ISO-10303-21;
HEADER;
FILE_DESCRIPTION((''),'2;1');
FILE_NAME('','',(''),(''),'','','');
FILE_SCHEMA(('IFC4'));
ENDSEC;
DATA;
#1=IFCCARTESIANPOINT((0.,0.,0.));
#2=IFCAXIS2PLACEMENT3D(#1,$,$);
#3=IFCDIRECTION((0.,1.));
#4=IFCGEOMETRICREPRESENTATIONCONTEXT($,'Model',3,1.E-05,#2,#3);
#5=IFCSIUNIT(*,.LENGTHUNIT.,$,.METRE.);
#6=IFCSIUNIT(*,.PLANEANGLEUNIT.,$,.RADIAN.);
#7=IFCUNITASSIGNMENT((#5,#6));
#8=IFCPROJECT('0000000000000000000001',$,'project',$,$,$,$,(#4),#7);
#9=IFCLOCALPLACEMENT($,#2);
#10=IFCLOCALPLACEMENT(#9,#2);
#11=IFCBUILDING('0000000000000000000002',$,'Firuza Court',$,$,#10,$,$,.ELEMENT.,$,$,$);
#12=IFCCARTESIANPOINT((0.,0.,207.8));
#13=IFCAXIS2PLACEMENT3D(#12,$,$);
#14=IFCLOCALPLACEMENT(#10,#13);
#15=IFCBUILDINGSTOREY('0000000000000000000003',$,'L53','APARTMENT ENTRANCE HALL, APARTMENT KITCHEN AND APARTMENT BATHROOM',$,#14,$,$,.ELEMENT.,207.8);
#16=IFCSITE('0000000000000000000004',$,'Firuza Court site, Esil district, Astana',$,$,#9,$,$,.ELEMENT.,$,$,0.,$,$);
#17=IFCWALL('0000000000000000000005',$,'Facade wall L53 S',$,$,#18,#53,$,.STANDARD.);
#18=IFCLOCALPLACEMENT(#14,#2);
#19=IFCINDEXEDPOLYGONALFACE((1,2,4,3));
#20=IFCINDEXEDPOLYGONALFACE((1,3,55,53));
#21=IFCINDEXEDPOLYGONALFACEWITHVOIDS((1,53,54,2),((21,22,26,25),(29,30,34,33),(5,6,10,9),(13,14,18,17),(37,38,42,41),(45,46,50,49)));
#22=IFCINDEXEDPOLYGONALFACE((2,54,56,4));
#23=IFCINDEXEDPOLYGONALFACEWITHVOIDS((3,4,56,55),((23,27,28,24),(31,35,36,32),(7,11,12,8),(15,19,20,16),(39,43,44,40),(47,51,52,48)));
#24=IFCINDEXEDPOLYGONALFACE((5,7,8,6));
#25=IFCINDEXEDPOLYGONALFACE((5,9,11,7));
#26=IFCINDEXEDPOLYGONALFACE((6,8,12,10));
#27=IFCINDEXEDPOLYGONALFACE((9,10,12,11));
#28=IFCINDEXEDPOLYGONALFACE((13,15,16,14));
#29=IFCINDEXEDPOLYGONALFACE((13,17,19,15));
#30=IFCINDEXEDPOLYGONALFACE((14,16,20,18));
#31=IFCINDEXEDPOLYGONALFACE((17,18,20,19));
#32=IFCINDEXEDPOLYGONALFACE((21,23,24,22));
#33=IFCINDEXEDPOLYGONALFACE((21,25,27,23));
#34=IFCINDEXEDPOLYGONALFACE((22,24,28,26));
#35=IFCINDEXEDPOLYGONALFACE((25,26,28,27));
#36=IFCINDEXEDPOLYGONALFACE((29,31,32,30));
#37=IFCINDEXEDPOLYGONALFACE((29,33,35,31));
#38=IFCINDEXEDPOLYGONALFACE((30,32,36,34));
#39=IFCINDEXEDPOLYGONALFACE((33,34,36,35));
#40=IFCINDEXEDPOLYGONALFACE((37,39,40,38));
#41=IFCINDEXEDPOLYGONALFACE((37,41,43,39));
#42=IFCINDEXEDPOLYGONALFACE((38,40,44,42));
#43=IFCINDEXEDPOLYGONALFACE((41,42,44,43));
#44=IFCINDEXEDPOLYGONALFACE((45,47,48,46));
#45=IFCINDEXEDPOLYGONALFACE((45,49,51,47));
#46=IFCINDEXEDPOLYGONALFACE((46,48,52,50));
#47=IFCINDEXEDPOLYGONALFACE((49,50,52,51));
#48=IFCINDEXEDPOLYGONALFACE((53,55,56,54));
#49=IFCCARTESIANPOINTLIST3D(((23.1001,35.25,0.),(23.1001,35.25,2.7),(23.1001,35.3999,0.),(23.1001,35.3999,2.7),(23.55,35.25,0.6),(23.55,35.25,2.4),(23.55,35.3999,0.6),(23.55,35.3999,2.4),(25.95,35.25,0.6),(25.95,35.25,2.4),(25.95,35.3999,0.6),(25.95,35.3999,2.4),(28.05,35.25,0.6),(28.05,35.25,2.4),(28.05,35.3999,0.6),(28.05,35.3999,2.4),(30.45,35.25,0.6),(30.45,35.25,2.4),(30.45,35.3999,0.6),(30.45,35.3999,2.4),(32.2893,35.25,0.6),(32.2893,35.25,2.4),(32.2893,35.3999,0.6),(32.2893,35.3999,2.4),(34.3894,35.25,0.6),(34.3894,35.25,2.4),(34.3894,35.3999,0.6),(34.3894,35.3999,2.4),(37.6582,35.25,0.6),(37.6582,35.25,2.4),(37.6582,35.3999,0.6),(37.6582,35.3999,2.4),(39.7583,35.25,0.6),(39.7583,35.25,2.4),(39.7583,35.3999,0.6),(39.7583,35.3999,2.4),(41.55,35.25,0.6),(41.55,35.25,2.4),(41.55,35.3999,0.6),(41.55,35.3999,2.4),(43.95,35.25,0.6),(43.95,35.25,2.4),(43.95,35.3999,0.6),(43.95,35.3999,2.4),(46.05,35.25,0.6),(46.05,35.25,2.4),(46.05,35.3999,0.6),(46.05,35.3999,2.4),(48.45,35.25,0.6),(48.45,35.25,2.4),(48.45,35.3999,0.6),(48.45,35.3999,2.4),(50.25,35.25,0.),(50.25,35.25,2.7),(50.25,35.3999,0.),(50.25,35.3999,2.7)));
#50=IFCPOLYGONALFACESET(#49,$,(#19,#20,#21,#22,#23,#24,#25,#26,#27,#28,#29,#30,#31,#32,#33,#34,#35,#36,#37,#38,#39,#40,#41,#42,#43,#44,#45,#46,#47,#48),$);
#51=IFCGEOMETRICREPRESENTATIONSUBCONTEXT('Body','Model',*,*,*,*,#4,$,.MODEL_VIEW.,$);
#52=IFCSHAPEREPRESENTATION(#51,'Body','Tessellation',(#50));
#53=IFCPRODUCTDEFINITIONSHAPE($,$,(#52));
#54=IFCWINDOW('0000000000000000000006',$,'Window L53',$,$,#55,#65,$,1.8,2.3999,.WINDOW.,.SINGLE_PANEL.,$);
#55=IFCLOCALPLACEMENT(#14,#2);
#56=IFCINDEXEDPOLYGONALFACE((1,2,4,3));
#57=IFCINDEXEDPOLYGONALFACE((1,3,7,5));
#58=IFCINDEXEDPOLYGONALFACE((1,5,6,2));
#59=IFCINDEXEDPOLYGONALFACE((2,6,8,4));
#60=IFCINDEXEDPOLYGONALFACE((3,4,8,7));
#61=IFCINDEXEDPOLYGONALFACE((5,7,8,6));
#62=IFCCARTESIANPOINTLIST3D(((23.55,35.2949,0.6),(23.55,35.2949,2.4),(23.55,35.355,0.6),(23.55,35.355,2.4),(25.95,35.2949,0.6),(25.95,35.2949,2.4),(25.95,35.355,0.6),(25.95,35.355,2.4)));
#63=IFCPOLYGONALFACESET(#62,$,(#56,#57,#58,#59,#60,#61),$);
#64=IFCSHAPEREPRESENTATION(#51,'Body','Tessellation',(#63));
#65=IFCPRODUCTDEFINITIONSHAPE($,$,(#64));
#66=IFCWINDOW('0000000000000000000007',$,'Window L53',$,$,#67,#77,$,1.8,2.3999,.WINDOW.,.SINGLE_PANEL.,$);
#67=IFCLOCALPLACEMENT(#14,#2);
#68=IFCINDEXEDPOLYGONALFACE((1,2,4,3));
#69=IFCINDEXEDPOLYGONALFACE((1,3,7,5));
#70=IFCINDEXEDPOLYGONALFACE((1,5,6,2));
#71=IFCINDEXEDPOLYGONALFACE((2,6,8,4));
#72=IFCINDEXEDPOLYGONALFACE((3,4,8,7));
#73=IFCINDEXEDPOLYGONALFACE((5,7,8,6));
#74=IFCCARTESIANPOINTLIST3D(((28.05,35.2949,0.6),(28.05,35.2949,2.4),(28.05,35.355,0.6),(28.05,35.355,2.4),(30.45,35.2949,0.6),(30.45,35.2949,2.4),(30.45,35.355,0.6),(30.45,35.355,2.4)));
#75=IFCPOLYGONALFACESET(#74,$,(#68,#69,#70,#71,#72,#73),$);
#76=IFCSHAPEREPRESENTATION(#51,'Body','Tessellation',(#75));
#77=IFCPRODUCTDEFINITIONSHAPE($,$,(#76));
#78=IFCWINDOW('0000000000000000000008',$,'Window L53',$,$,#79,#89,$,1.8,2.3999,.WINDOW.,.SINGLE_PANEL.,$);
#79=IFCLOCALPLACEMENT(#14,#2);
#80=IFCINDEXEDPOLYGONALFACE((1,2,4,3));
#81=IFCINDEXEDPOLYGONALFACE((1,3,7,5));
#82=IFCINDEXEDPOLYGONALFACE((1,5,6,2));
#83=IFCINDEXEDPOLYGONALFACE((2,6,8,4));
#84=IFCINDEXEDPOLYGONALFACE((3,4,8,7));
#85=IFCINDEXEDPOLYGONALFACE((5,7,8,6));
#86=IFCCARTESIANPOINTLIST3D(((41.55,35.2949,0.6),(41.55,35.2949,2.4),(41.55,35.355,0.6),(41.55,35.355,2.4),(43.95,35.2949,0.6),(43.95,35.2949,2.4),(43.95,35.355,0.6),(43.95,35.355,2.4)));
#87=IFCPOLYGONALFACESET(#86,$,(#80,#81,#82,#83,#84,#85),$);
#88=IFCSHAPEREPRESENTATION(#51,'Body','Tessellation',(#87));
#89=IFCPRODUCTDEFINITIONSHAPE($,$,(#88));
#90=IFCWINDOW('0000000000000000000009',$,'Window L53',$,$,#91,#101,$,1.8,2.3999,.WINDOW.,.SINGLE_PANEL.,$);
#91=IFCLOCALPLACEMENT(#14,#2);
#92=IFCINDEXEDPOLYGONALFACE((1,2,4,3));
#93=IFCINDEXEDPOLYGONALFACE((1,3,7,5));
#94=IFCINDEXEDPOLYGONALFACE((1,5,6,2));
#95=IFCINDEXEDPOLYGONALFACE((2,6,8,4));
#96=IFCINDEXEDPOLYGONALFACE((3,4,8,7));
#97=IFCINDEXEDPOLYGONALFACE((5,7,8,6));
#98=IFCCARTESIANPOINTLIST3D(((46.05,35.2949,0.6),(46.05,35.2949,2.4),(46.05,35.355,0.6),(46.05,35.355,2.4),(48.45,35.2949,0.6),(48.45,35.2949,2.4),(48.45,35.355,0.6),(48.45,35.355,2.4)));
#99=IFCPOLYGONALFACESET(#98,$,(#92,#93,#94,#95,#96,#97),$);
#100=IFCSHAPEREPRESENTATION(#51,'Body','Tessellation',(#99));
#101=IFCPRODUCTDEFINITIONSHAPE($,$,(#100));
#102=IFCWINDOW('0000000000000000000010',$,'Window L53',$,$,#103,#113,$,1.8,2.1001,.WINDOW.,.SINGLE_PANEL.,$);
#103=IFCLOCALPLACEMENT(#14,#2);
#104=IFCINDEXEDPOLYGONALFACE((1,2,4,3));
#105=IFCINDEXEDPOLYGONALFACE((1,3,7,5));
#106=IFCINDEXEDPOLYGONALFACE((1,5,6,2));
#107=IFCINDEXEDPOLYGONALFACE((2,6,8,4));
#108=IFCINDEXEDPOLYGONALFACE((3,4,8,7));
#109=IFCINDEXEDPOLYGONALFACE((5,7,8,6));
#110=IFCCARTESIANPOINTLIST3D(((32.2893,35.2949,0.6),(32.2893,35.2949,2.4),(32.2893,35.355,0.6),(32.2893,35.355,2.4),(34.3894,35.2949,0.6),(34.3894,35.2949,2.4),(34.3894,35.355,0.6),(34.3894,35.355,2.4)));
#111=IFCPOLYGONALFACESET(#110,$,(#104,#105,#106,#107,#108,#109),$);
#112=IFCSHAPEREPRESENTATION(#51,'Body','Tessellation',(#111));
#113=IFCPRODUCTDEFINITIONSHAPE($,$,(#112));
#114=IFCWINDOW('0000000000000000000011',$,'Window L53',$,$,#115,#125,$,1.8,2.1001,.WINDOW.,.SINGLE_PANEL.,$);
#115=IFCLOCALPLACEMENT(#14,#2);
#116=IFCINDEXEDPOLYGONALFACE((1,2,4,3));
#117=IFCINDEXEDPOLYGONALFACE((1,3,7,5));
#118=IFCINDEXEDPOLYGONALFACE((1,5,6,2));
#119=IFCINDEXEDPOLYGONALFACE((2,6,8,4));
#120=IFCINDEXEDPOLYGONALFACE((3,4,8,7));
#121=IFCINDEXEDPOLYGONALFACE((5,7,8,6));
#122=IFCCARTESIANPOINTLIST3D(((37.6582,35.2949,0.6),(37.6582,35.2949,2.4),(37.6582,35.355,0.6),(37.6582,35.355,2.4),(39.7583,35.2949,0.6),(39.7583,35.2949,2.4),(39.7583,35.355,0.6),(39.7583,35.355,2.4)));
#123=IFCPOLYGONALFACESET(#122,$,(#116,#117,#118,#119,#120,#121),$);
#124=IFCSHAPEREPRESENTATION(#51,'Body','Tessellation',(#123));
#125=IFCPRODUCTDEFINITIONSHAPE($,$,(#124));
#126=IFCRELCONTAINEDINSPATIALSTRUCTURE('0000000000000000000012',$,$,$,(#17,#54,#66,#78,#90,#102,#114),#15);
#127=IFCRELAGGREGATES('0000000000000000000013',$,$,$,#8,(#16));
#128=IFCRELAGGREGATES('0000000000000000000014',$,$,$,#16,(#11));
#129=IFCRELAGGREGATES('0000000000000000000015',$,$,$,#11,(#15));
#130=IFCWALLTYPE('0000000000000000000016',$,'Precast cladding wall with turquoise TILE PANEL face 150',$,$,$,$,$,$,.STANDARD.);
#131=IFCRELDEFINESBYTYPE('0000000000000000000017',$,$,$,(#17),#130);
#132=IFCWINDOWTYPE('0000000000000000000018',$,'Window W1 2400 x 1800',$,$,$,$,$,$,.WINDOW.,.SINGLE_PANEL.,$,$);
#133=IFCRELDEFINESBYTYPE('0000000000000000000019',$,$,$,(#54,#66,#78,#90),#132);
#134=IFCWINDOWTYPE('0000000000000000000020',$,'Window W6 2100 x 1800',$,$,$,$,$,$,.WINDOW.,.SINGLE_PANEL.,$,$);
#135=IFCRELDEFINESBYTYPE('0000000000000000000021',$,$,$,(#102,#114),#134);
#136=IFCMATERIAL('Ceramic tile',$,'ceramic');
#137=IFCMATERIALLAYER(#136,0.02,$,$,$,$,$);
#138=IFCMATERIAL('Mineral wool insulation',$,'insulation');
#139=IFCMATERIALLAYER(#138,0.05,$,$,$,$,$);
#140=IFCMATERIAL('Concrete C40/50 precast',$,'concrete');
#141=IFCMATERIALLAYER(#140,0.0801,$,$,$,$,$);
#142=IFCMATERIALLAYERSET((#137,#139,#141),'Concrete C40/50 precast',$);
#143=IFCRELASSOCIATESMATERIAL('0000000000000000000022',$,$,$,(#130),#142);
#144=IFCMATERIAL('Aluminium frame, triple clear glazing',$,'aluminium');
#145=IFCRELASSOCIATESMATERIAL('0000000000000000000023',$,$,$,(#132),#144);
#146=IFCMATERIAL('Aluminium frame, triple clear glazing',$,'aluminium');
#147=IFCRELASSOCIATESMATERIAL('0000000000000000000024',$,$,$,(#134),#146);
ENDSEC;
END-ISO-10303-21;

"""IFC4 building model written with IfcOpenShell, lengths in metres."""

from ifc_helpers import new_model, si_unit, direction, frame, frame_2d, origin, place, context, subcontext, project, spatial, rectangle, extrude, material, layer, layer_set, type_object, element, fill, save


model = new_model("IFC4")

# Units and contexts
model_context = context("Model", 3, precision=1e-05, world=origin(), true_north=direction((0.0, 1.0)))
body_context = subcontext(model_context, "Body", "Model", "MODEL_VIEW")
ifc_project = project(units=[si_unit("LENGTHUNIT", "METRE"), si_unit("PLANEANGLEUNIT", "RADIAN")], contexts=[model_context])

# Site, building, storey
site_placement = place(None, origin())
site = spatial("IfcSite", under=ifc_project, at=site_placement, Name="Firuza Court site, Esil district, Astana", CompositionType="ELEMENT", RefElevation=0.0)
building_placement = place(site_placement, origin())
building = spatial("IfcBuilding", under=site, at=building_placement, Name="Firuza Court", CompositionType="ELEMENT")
storey_placement = place(building_placement, frame((0.0, 0.0, 207.8)))
storey = spatial("IfcBuildingStorey", under=building, at=storey_placement, Name="L53", Description="APARTMENT ENTRANCE HALL, APARTMENT KITCHEN AND APARTMENT BATHROOM", CompositionType="ELEMENT", Elevation=207.8)

# Wall, openings, windows
ifc_material_1 = material(Name="Ceramic tile", Category="ceramic")
ifc_layer_1 = layer(ifc_material_1, 0.02)
ifc_material_2 = material(Name="Mineral wool insulation", Category="insulation")
ifc_layer_2 = layer(ifc_material_2, 0.05)
ifc_material_3 = material(Name="Concrete C40/50 precast", Category="concrete")
ifc_layer_3 = layer(ifc_material_3, 0.0801)
ifc_layer_set_1 = layer_set([ifc_layer_1, ifc_layer_2, ifc_layer_3], Name="Concrete C40/50 precast")
wall_type_1 = type_object("IfcWallType", Name="Precast cladding wall with turquoise TILE PANEL face 150", PredefinedType="STANDARD", material=ifc_layer_set_1)
wall_1_placement = place(storey_placement, frame((23.1001, 35.325, 0.0), z_axis=(0.0, 0.0, 1.0), x_axis=(1.0, 0.0, 0.0)))
wall_1 = element("IfcWall", 1, at=wall_1_placement, inside=storey, type_object=wall_type_1, Name="Facade wall L53 S", PredefinedType="STANDARD", context=body_context, shape_type="SweptSolid", body=[
    extrude(rectangle(XDim=27.1499, YDim=0.1499, at=frame_2d((13.575, 0.0))), origin(), (0.0, 0.0, 1.0), 2.7),
])
opening_1_placement = place(wall_1_placement, frame((0.45, 0.0, 0.6001)))
opening_1 = element("IfcOpeningElement", 2, at=opening_1_placement, cuts=wall_1, PredefinedType="OPENING", context=body_context, shape_type="SweptSolid", body=[
    extrude(rectangle(XDim=2.3999, YDim=1.8, at=frame_2d((1.2, 0.8999))), frame((0.0, 0.0869, 0.0), z_axis=(0.0, -1.0, 0.0), x_axis=(1.0, 0.0, 0.0)), (0.0, 0.0, 1.0), 0.1738),
])
opening_2_placement = place(wall_1_placement, frame((4.95, 0.0, 0.6001)))
opening_2 = element("IfcOpeningElement", 3, at=opening_2_placement, cuts=wall_1, PredefinedType="OPENING", context=body_context, shape_type="SweptSolid", body=[
    extrude(rectangle(XDim=2.3999, YDim=1.8, at=frame_2d((1.2, 0.8999))), frame((0.0, 0.0869, 0.0), z_axis=(0.0, -1.0, 0.0), x_axis=(1.0, 0.0, 0.0)), (0.0, 0.0, 1.0), 0.1738),
])
opening_3_placement = place(wall_1_placement, frame((9.1892, 0.0, 0.6001)))
opening_3 = element("IfcOpeningElement", 4, at=opening_3_placement, cuts=wall_1, PredefinedType="OPENING", context=body_context, shape_type="SweptSolid", body=[
    extrude(rectangle(XDim=2.1001, YDim=1.8, at=frame_2d((1.05, 0.8999))), frame((0.0, 0.0869, 0.0), z_axis=(0.0, -1.0, 0.0), x_axis=(1.0, 0.0, 0.0)), (0.0, 0.0, 1.0), 0.1738),
])
opening_4_placement = place(wall_1_placement, frame((14.5581, 0.0, 0.6001)))
opening_4 = element("IfcOpeningElement", 5, at=opening_4_placement, cuts=wall_1, PredefinedType="OPENING", context=body_context, shape_type="SweptSolid", body=[
    extrude(rectangle(XDim=2.1001, YDim=1.8, at=frame_2d((1.05, 0.8999))), frame((0.0, 0.0869, 0.0), z_axis=(0.0, -1.0, 0.0), x_axis=(1.0, 0.0, 0.0)), (0.0, 0.0, 1.0), 0.1738),
])
opening_5_placement = place(wall_1_placement, frame((18.45, 0.0, 0.6001)))
opening_5 = element("IfcOpeningElement", 6, at=opening_5_placement, cuts=wall_1, PredefinedType="OPENING", context=body_context, shape_type="SweptSolid", body=[
    extrude(rectangle(XDim=2.3999, YDim=1.8, at=frame_2d((1.2, 0.8999))), frame((0.0, 0.0869, 0.0), z_axis=(0.0, -1.0, 0.0), x_axis=(1.0, 0.0, 0.0)), (0.0, 0.0, 1.0), 0.1738),
])
opening_6_placement = place(wall_1_placement, frame((22.95, 0.0, 0.6001)))
opening_6 = element("IfcOpeningElement", 7, at=opening_6_placement, cuts=wall_1, PredefinedType="OPENING", context=body_context, shape_type="SweptSolid", body=[
    extrude(rectangle(XDim=2.3999, YDim=1.8, at=frame_2d((1.2, 0.8999))), frame((0.0, 0.0869, 0.0), z_axis=(0.0, -1.0, 0.0), x_axis=(1.0, 0.0, 0.0)), (0.0, 0.0, 1.0), 0.1738),
])
ifc_material_4 = material(Name="Aluminium frame, triple clear glazing", Category="aluminium")
window_type_1 = type_object("IfcWindowType", Name="Window W1 2400 x 1800", PartitioningType="SINGLE_PANEL", PredefinedType="WINDOW", material=ifc_material_4)
window_1_placement = place(opening_1_placement, origin())
window_1 = element("IfcWindow", 8, at=window_1_placement, inside=storey, type_object=window_type_1, Name="Window L53", OverallHeight=1.8, OverallWidth=2.3999, PartitioningType="SINGLE_PANEL", PredefinedType="WINDOW", context=body_context, shape_type="SweptSolid", body=[
    extrude(rectangle(XDim=2.3999, YDim=1.8, at=frame_2d((1.2, 0.8999))), frame((0.0, 0.03, 0.0), z_axis=(0.0, -1.0, 0.0), x_axis=(1.0, 0.0, 0.0)), (0.0, 0.0, 1.0), 0.0601),
])
fill(opening_1, window_1)
window_2_placement = place(opening_2_placement, origin())
window_2 = element("IfcWindow", 9, at=window_2_placement, inside=storey, type_object=window_type_1, Name="Window L53", OverallHeight=1.8, OverallWidth=2.3999, PartitioningType="SINGLE_PANEL", PredefinedType="WINDOW", context=body_context, shape_type="SweptSolid", body=[
    extrude(rectangle(XDim=2.3999, YDim=1.8, at=frame_2d((1.2, 0.8999))), frame((0.0, 0.03, 0.0), z_axis=(0.0, -1.0, 0.0), x_axis=(1.0, 0.0, 0.0)), (0.0, 0.0, 1.0), 0.0601),
])
fill(opening_2, window_2)
window_3_placement = place(opening_5_placement, origin())
window_3 = element("IfcWindow", 10, at=window_3_placement, inside=storey, type_object=window_type_1, Name="Window L53", OverallHeight=1.8, OverallWidth=2.3999, PartitioningType="SINGLE_PANEL", PredefinedType="WINDOW", context=body_context, shape_type="SweptSolid", body=[
    extrude(rectangle(XDim=2.3999, YDim=1.8, at=frame_2d((1.2, 0.8999))), frame((0.0, 0.03, 0.0), z_axis=(0.0, -1.0, 0.0), x_axis=(1.0, 0.0, 0.0)), (0.0, 0.0, 1.0), 0.0601),
])
fill(opening_5, window_3)
window_4_placement = place(opening_6_placement, origin())
window_4 = element("IfcWindow", 11, at=window_4_placement, inside=storey, type_object=window_type_1, Name="Window L53", OverallHeight=1.8, OverallWidth=2.3999, PartitioningType="SINGLE_PANEL", PredefinedType="WINDOW", context=body_context, shape_type="SweptSolid", body=[
    extrude(rectangle(XDim=2.3999, YDim=1.8, at=frame_2d((1.2, 0.8999))), frame((0.0, 0.03, 0.0), z_axis=(0.0, -1.0, 0.0), x_axis=(1.0, 0.0, 0.0)), (0.0, 0.0, 1.0), 0.0601),
])
fill(opening_6, window_4)
ifc_material_5 = material(Name="Aluminium frame, triple clear glazing", Category="aluminium")
window_type_2 = type_object("IfcWindowType", Name="Window W6 2100 x 1800", PartitioningType="SINGLE_PANEL", PredefinedType="WINDOW", material=ifc_material_5)
window_5_placement = place(opening_3_placement, origin())
window_5 = element("IfcWindow", 12, at=window_5_placement, inside=storey, type_object=window_type_2, Name="Window L53", OverallHeight=1.8, OverallWidth=2.1001, PartitioningType="SINGLE_PANEL", PredefinedType="WINDOW", context=body_context, shape_type="SweptSolid", body=[
    extrude(rectangle(XDim=2.1001, YDim=1.8, at=frame_2d((1.05, 0.8999))), frame((0.0, 0.03, 0.0), z_axis=(0.0, -1.0, 0.0), x_axis=(1.0, 0.0, 0.0)), (0.0, 0.0, 1.0), 0.0601),
])
fill(opening_3, window_5)
window_6_placement = place(opening_4_placement, origin())
window_6 = element("IfcWindow", 13, at=window_6_placement, inside=storey, type_object=window_type_2, Name="Window L53", OverallHeight=1.8, OverallWidth=2.1001, PartitioningType="SINGLE_PANEL", PredefinedType="WINDOW", context=body_context, shape_type="SweptSolid", body=[
    extrude(rectangle(XDim=2.1001, YDim=1.8, at=frame_2d((1.05, 0.8999))), frame((0.0, 0.03, 0.0), z_axis=(0.0, -1.0, 0.0), x_axis=(1.0, 0.0, 0.0)), (0.0, 0.0, 1.0), 0.0601),
])
fill(opening_4, window_6)

save(model, "model.ifc")
